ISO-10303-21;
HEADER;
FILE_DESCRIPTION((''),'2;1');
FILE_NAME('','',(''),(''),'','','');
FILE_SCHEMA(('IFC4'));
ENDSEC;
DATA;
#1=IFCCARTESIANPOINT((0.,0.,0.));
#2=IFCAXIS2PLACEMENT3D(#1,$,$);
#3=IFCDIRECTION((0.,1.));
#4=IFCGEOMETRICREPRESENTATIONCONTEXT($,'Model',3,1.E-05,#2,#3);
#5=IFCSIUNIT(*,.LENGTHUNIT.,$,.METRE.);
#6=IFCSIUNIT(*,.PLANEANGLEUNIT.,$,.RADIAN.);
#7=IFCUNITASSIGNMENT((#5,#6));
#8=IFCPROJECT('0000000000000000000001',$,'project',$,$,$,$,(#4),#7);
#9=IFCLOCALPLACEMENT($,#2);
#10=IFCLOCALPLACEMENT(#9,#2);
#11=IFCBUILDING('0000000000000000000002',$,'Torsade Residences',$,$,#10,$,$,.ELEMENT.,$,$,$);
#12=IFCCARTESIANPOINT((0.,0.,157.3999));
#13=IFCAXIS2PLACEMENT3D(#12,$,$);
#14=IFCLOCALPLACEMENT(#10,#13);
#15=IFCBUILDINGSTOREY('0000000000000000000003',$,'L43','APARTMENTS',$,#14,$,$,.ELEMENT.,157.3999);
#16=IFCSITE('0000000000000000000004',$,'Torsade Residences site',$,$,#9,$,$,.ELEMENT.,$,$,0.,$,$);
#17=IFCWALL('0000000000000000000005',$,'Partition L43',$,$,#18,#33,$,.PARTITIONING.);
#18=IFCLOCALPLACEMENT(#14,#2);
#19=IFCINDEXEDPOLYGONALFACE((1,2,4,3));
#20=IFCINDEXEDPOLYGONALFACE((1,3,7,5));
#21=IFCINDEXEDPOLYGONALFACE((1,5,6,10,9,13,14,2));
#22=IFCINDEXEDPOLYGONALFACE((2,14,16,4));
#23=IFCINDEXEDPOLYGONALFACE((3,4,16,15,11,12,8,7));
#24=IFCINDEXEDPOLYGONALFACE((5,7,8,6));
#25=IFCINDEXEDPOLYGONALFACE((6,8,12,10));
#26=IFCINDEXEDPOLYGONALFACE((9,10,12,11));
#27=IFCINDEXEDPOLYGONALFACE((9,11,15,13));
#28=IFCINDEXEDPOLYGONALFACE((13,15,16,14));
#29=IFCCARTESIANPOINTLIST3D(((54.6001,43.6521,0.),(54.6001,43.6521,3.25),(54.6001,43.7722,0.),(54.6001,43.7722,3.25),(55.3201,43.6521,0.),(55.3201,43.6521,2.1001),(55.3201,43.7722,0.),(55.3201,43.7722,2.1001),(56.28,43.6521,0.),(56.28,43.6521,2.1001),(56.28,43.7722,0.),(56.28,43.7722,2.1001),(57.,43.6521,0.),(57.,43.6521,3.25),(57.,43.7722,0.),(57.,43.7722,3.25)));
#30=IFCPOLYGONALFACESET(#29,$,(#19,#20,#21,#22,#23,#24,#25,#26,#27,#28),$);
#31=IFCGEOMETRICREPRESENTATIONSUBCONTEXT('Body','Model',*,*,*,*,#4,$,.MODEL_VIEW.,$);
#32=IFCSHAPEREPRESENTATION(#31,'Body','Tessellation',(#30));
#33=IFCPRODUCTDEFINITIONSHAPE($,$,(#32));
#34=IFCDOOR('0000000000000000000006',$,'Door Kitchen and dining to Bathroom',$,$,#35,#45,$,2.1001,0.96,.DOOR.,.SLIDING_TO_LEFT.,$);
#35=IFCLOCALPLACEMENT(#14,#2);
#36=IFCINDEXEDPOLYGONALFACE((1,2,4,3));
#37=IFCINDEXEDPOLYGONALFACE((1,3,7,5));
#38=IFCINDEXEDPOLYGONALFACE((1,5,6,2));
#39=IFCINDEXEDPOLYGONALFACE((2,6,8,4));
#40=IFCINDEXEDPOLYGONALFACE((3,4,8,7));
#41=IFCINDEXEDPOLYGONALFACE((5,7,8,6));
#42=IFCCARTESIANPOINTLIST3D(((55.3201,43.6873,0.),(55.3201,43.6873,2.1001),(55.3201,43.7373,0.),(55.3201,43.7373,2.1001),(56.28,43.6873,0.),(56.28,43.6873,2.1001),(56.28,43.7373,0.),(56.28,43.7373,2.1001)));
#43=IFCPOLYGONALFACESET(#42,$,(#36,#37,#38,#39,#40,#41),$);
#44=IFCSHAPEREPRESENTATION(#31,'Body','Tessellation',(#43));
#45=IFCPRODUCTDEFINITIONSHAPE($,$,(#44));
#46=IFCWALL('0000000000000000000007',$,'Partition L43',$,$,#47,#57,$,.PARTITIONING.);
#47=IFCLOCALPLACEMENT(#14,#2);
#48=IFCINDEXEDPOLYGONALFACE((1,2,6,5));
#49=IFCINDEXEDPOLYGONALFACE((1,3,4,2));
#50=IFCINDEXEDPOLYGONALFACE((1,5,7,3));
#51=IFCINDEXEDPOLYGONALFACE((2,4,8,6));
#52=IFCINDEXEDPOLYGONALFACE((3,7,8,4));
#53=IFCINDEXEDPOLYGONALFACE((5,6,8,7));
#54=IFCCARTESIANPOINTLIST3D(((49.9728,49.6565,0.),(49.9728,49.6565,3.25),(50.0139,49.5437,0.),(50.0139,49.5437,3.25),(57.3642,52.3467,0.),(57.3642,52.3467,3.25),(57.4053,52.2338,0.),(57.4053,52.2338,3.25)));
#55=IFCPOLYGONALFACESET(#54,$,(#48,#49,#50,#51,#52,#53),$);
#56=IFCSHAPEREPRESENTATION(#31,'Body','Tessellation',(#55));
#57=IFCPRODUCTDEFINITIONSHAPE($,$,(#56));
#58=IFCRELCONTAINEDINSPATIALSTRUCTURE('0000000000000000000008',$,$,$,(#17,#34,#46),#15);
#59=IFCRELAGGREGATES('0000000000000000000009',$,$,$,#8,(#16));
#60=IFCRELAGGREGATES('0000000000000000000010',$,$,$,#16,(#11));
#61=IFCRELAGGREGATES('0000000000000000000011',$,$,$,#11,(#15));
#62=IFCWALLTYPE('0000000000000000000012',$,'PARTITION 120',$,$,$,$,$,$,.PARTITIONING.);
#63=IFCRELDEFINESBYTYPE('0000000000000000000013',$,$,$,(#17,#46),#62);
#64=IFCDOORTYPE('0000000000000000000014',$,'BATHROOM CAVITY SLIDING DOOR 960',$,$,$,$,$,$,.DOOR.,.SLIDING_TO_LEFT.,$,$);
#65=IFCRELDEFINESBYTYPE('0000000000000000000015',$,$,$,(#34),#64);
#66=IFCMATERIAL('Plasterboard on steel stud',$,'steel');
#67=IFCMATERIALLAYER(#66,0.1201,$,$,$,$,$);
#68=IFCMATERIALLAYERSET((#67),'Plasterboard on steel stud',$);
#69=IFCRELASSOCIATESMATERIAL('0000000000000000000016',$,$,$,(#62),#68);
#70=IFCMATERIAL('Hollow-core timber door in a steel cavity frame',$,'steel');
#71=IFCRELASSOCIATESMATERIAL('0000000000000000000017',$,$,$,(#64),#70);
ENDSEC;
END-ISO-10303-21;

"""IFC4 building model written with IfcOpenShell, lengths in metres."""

from ifc_helpers import new_model, si_unit, direction, frame, frame_2d, origin, place, context, subcontext, project, spatial, rectangle, extrude, material, layer, layer_set, type_object, element, fill, save


model = new_model("IFC4")

# Units and contexts
model_context = context("Model", 3, precision=1e-05, world=origin(), true_north=direction((0.0, 1.0)))
body_context = subcontext(model_context, "Body", "Model", "MODEL_VIEW")
ifc_project = project(units=[si_unit("LENGTHUNIT", "METRE"), si_unit("PLANEANGLEUNIT", "RADIAN")], contexts=[model_context])

# Site, building, storey
site_placement = place(None, origin())
site = spatial("IfcSite", under=ifc_project, at=site_placement, Name="Torsade Residences site", CompositionType="ELEMENT", RefElevation=0.0)
building_placement = place(site_placement, origin())
building = spatial("IfcBuilding", under=site, at=building_placement, Name="Torsade Residences", CompositionType="ELEMENT")
storey_placement = place(building_placement, frame((0.0, 0.0, 157.3999)))
storey = spatial("IfcBuildingStorey", under=building, at=storey_placement, Name="L43", Description="APARTMENTS", CompositionType="ELEMENT", Elevation=157.3999)

# Shared definitions
ifc_material_1 = material(Name="Plasterboard on steel stud", Category="steel")
ifc_layer_1 = layer(ifc_material_1, 0.1201)
ifc_layer_set_1 = layer_set([ifc_layer_1], Name="Plasterboard on steel stud")
wall_type_1 = type_object("IfcWallType", Name="PARTITION 120", PredefinedType="PARTITIONING", material=ifc_layer_set_1)
ifc_material_2 = material(Name="Hollow-core timber door in a steel cavity frame", Category="steel")
door_type_1 = type_object("IfcDoorType", Name="BATHROOM CAVITY SLIDING DOOR 960", OperationType="SLIDING_TO_LEFT", PredefinedType="DOOR", material=ifc_material_2)

# Wall, opening, door
wall_1_placement = place(storey_placement, frame((57.0, 43.7122, 0.0), z_axis=(0.0, 0.0, 1.0), x_axis=(-1.0, 0.0, 0.0)))
wall_1 = element("IfcWall", 1, at=wall_1_placement, inside=storey, type_object=wall_type_1, Name="Partition L43", PredefinedType="PARTITIONING", context=body_context, shape_type="SweptSolid", body=[
    extrude(rectangle(XDim=2.3999, YDim=0.1201, at=frame_2d((1.2, 0.0))), origin(), (0.0, 0.0, 1.0), 3.25),
])
opening_1_placement = place(wall_1_placement, frame((0.72, 0.0, 0.0)))
opening_1 = element("IfcOpeningElement", 2, at=opening_1_placement, cuts=wall_1, PredefinedType="OPENING", context=body_context, shape_type="SweptSolid", body=[
    extrude(rectangle(XDim=0.96, YDim=2.1001, at=frame_2d((0.48, 1.05))), frame((0.0, 0.0701, 0.0), z_axis=(0.0, -1.0, 0.0), x_axis=(1.0, 0.0, 0.0)), (0.0, 0.0, 1.0), 0.1401),
])
door_1_placement = place(opening_1_placement, origin())
door_1 = element("IfcDoor", 3, at=door_1_placement, inside=storey, type_object=door_type_1, Name="Door Kitchen and dining to Bathroom", OperationType="SLIDING_TO_LEFT", OverallHeight=2.1001, OverallWidth=0.96, PredefinedType="DOOR", context=body_context, shape_type="SweptSolid", body=[
    extrude(rectangle(XDim=0.96, YDim=2.1001, at=frame_2d((0.48, 1.05))), frame((0.0, 0.0249, 0.0), z_axis=(0.0, -1.0, 0.0), x_axis=(1.0, 0.0, 0.0)), (0.0, 0.0, 1.0), 0.05),
])
fill(opening_1, door_1)

# Wall
wall_2_placement = place(storey_placement, frame((57.3848, 52.2903, 0.0), z_axis=(0.0, 0.0, 1.0), x_axis=(-0.939695, -0.342015, 0.0)))
element("IfcWall", 4, at=wall_2_placement, inside=storey, type_object=wall_type_1, Name="Partition L43", PredefinedType="PARTITIONING", context=body_context, shape_type="SweptSolid", body=[
    extrude(rectangle(XDim=7.8657, YDim=0.1201, at=frame_2d((3.9329, 0.0))), origin(), (0.0, 0.0, 1.0), 3.25),
])

save(model, "model.ifc")
